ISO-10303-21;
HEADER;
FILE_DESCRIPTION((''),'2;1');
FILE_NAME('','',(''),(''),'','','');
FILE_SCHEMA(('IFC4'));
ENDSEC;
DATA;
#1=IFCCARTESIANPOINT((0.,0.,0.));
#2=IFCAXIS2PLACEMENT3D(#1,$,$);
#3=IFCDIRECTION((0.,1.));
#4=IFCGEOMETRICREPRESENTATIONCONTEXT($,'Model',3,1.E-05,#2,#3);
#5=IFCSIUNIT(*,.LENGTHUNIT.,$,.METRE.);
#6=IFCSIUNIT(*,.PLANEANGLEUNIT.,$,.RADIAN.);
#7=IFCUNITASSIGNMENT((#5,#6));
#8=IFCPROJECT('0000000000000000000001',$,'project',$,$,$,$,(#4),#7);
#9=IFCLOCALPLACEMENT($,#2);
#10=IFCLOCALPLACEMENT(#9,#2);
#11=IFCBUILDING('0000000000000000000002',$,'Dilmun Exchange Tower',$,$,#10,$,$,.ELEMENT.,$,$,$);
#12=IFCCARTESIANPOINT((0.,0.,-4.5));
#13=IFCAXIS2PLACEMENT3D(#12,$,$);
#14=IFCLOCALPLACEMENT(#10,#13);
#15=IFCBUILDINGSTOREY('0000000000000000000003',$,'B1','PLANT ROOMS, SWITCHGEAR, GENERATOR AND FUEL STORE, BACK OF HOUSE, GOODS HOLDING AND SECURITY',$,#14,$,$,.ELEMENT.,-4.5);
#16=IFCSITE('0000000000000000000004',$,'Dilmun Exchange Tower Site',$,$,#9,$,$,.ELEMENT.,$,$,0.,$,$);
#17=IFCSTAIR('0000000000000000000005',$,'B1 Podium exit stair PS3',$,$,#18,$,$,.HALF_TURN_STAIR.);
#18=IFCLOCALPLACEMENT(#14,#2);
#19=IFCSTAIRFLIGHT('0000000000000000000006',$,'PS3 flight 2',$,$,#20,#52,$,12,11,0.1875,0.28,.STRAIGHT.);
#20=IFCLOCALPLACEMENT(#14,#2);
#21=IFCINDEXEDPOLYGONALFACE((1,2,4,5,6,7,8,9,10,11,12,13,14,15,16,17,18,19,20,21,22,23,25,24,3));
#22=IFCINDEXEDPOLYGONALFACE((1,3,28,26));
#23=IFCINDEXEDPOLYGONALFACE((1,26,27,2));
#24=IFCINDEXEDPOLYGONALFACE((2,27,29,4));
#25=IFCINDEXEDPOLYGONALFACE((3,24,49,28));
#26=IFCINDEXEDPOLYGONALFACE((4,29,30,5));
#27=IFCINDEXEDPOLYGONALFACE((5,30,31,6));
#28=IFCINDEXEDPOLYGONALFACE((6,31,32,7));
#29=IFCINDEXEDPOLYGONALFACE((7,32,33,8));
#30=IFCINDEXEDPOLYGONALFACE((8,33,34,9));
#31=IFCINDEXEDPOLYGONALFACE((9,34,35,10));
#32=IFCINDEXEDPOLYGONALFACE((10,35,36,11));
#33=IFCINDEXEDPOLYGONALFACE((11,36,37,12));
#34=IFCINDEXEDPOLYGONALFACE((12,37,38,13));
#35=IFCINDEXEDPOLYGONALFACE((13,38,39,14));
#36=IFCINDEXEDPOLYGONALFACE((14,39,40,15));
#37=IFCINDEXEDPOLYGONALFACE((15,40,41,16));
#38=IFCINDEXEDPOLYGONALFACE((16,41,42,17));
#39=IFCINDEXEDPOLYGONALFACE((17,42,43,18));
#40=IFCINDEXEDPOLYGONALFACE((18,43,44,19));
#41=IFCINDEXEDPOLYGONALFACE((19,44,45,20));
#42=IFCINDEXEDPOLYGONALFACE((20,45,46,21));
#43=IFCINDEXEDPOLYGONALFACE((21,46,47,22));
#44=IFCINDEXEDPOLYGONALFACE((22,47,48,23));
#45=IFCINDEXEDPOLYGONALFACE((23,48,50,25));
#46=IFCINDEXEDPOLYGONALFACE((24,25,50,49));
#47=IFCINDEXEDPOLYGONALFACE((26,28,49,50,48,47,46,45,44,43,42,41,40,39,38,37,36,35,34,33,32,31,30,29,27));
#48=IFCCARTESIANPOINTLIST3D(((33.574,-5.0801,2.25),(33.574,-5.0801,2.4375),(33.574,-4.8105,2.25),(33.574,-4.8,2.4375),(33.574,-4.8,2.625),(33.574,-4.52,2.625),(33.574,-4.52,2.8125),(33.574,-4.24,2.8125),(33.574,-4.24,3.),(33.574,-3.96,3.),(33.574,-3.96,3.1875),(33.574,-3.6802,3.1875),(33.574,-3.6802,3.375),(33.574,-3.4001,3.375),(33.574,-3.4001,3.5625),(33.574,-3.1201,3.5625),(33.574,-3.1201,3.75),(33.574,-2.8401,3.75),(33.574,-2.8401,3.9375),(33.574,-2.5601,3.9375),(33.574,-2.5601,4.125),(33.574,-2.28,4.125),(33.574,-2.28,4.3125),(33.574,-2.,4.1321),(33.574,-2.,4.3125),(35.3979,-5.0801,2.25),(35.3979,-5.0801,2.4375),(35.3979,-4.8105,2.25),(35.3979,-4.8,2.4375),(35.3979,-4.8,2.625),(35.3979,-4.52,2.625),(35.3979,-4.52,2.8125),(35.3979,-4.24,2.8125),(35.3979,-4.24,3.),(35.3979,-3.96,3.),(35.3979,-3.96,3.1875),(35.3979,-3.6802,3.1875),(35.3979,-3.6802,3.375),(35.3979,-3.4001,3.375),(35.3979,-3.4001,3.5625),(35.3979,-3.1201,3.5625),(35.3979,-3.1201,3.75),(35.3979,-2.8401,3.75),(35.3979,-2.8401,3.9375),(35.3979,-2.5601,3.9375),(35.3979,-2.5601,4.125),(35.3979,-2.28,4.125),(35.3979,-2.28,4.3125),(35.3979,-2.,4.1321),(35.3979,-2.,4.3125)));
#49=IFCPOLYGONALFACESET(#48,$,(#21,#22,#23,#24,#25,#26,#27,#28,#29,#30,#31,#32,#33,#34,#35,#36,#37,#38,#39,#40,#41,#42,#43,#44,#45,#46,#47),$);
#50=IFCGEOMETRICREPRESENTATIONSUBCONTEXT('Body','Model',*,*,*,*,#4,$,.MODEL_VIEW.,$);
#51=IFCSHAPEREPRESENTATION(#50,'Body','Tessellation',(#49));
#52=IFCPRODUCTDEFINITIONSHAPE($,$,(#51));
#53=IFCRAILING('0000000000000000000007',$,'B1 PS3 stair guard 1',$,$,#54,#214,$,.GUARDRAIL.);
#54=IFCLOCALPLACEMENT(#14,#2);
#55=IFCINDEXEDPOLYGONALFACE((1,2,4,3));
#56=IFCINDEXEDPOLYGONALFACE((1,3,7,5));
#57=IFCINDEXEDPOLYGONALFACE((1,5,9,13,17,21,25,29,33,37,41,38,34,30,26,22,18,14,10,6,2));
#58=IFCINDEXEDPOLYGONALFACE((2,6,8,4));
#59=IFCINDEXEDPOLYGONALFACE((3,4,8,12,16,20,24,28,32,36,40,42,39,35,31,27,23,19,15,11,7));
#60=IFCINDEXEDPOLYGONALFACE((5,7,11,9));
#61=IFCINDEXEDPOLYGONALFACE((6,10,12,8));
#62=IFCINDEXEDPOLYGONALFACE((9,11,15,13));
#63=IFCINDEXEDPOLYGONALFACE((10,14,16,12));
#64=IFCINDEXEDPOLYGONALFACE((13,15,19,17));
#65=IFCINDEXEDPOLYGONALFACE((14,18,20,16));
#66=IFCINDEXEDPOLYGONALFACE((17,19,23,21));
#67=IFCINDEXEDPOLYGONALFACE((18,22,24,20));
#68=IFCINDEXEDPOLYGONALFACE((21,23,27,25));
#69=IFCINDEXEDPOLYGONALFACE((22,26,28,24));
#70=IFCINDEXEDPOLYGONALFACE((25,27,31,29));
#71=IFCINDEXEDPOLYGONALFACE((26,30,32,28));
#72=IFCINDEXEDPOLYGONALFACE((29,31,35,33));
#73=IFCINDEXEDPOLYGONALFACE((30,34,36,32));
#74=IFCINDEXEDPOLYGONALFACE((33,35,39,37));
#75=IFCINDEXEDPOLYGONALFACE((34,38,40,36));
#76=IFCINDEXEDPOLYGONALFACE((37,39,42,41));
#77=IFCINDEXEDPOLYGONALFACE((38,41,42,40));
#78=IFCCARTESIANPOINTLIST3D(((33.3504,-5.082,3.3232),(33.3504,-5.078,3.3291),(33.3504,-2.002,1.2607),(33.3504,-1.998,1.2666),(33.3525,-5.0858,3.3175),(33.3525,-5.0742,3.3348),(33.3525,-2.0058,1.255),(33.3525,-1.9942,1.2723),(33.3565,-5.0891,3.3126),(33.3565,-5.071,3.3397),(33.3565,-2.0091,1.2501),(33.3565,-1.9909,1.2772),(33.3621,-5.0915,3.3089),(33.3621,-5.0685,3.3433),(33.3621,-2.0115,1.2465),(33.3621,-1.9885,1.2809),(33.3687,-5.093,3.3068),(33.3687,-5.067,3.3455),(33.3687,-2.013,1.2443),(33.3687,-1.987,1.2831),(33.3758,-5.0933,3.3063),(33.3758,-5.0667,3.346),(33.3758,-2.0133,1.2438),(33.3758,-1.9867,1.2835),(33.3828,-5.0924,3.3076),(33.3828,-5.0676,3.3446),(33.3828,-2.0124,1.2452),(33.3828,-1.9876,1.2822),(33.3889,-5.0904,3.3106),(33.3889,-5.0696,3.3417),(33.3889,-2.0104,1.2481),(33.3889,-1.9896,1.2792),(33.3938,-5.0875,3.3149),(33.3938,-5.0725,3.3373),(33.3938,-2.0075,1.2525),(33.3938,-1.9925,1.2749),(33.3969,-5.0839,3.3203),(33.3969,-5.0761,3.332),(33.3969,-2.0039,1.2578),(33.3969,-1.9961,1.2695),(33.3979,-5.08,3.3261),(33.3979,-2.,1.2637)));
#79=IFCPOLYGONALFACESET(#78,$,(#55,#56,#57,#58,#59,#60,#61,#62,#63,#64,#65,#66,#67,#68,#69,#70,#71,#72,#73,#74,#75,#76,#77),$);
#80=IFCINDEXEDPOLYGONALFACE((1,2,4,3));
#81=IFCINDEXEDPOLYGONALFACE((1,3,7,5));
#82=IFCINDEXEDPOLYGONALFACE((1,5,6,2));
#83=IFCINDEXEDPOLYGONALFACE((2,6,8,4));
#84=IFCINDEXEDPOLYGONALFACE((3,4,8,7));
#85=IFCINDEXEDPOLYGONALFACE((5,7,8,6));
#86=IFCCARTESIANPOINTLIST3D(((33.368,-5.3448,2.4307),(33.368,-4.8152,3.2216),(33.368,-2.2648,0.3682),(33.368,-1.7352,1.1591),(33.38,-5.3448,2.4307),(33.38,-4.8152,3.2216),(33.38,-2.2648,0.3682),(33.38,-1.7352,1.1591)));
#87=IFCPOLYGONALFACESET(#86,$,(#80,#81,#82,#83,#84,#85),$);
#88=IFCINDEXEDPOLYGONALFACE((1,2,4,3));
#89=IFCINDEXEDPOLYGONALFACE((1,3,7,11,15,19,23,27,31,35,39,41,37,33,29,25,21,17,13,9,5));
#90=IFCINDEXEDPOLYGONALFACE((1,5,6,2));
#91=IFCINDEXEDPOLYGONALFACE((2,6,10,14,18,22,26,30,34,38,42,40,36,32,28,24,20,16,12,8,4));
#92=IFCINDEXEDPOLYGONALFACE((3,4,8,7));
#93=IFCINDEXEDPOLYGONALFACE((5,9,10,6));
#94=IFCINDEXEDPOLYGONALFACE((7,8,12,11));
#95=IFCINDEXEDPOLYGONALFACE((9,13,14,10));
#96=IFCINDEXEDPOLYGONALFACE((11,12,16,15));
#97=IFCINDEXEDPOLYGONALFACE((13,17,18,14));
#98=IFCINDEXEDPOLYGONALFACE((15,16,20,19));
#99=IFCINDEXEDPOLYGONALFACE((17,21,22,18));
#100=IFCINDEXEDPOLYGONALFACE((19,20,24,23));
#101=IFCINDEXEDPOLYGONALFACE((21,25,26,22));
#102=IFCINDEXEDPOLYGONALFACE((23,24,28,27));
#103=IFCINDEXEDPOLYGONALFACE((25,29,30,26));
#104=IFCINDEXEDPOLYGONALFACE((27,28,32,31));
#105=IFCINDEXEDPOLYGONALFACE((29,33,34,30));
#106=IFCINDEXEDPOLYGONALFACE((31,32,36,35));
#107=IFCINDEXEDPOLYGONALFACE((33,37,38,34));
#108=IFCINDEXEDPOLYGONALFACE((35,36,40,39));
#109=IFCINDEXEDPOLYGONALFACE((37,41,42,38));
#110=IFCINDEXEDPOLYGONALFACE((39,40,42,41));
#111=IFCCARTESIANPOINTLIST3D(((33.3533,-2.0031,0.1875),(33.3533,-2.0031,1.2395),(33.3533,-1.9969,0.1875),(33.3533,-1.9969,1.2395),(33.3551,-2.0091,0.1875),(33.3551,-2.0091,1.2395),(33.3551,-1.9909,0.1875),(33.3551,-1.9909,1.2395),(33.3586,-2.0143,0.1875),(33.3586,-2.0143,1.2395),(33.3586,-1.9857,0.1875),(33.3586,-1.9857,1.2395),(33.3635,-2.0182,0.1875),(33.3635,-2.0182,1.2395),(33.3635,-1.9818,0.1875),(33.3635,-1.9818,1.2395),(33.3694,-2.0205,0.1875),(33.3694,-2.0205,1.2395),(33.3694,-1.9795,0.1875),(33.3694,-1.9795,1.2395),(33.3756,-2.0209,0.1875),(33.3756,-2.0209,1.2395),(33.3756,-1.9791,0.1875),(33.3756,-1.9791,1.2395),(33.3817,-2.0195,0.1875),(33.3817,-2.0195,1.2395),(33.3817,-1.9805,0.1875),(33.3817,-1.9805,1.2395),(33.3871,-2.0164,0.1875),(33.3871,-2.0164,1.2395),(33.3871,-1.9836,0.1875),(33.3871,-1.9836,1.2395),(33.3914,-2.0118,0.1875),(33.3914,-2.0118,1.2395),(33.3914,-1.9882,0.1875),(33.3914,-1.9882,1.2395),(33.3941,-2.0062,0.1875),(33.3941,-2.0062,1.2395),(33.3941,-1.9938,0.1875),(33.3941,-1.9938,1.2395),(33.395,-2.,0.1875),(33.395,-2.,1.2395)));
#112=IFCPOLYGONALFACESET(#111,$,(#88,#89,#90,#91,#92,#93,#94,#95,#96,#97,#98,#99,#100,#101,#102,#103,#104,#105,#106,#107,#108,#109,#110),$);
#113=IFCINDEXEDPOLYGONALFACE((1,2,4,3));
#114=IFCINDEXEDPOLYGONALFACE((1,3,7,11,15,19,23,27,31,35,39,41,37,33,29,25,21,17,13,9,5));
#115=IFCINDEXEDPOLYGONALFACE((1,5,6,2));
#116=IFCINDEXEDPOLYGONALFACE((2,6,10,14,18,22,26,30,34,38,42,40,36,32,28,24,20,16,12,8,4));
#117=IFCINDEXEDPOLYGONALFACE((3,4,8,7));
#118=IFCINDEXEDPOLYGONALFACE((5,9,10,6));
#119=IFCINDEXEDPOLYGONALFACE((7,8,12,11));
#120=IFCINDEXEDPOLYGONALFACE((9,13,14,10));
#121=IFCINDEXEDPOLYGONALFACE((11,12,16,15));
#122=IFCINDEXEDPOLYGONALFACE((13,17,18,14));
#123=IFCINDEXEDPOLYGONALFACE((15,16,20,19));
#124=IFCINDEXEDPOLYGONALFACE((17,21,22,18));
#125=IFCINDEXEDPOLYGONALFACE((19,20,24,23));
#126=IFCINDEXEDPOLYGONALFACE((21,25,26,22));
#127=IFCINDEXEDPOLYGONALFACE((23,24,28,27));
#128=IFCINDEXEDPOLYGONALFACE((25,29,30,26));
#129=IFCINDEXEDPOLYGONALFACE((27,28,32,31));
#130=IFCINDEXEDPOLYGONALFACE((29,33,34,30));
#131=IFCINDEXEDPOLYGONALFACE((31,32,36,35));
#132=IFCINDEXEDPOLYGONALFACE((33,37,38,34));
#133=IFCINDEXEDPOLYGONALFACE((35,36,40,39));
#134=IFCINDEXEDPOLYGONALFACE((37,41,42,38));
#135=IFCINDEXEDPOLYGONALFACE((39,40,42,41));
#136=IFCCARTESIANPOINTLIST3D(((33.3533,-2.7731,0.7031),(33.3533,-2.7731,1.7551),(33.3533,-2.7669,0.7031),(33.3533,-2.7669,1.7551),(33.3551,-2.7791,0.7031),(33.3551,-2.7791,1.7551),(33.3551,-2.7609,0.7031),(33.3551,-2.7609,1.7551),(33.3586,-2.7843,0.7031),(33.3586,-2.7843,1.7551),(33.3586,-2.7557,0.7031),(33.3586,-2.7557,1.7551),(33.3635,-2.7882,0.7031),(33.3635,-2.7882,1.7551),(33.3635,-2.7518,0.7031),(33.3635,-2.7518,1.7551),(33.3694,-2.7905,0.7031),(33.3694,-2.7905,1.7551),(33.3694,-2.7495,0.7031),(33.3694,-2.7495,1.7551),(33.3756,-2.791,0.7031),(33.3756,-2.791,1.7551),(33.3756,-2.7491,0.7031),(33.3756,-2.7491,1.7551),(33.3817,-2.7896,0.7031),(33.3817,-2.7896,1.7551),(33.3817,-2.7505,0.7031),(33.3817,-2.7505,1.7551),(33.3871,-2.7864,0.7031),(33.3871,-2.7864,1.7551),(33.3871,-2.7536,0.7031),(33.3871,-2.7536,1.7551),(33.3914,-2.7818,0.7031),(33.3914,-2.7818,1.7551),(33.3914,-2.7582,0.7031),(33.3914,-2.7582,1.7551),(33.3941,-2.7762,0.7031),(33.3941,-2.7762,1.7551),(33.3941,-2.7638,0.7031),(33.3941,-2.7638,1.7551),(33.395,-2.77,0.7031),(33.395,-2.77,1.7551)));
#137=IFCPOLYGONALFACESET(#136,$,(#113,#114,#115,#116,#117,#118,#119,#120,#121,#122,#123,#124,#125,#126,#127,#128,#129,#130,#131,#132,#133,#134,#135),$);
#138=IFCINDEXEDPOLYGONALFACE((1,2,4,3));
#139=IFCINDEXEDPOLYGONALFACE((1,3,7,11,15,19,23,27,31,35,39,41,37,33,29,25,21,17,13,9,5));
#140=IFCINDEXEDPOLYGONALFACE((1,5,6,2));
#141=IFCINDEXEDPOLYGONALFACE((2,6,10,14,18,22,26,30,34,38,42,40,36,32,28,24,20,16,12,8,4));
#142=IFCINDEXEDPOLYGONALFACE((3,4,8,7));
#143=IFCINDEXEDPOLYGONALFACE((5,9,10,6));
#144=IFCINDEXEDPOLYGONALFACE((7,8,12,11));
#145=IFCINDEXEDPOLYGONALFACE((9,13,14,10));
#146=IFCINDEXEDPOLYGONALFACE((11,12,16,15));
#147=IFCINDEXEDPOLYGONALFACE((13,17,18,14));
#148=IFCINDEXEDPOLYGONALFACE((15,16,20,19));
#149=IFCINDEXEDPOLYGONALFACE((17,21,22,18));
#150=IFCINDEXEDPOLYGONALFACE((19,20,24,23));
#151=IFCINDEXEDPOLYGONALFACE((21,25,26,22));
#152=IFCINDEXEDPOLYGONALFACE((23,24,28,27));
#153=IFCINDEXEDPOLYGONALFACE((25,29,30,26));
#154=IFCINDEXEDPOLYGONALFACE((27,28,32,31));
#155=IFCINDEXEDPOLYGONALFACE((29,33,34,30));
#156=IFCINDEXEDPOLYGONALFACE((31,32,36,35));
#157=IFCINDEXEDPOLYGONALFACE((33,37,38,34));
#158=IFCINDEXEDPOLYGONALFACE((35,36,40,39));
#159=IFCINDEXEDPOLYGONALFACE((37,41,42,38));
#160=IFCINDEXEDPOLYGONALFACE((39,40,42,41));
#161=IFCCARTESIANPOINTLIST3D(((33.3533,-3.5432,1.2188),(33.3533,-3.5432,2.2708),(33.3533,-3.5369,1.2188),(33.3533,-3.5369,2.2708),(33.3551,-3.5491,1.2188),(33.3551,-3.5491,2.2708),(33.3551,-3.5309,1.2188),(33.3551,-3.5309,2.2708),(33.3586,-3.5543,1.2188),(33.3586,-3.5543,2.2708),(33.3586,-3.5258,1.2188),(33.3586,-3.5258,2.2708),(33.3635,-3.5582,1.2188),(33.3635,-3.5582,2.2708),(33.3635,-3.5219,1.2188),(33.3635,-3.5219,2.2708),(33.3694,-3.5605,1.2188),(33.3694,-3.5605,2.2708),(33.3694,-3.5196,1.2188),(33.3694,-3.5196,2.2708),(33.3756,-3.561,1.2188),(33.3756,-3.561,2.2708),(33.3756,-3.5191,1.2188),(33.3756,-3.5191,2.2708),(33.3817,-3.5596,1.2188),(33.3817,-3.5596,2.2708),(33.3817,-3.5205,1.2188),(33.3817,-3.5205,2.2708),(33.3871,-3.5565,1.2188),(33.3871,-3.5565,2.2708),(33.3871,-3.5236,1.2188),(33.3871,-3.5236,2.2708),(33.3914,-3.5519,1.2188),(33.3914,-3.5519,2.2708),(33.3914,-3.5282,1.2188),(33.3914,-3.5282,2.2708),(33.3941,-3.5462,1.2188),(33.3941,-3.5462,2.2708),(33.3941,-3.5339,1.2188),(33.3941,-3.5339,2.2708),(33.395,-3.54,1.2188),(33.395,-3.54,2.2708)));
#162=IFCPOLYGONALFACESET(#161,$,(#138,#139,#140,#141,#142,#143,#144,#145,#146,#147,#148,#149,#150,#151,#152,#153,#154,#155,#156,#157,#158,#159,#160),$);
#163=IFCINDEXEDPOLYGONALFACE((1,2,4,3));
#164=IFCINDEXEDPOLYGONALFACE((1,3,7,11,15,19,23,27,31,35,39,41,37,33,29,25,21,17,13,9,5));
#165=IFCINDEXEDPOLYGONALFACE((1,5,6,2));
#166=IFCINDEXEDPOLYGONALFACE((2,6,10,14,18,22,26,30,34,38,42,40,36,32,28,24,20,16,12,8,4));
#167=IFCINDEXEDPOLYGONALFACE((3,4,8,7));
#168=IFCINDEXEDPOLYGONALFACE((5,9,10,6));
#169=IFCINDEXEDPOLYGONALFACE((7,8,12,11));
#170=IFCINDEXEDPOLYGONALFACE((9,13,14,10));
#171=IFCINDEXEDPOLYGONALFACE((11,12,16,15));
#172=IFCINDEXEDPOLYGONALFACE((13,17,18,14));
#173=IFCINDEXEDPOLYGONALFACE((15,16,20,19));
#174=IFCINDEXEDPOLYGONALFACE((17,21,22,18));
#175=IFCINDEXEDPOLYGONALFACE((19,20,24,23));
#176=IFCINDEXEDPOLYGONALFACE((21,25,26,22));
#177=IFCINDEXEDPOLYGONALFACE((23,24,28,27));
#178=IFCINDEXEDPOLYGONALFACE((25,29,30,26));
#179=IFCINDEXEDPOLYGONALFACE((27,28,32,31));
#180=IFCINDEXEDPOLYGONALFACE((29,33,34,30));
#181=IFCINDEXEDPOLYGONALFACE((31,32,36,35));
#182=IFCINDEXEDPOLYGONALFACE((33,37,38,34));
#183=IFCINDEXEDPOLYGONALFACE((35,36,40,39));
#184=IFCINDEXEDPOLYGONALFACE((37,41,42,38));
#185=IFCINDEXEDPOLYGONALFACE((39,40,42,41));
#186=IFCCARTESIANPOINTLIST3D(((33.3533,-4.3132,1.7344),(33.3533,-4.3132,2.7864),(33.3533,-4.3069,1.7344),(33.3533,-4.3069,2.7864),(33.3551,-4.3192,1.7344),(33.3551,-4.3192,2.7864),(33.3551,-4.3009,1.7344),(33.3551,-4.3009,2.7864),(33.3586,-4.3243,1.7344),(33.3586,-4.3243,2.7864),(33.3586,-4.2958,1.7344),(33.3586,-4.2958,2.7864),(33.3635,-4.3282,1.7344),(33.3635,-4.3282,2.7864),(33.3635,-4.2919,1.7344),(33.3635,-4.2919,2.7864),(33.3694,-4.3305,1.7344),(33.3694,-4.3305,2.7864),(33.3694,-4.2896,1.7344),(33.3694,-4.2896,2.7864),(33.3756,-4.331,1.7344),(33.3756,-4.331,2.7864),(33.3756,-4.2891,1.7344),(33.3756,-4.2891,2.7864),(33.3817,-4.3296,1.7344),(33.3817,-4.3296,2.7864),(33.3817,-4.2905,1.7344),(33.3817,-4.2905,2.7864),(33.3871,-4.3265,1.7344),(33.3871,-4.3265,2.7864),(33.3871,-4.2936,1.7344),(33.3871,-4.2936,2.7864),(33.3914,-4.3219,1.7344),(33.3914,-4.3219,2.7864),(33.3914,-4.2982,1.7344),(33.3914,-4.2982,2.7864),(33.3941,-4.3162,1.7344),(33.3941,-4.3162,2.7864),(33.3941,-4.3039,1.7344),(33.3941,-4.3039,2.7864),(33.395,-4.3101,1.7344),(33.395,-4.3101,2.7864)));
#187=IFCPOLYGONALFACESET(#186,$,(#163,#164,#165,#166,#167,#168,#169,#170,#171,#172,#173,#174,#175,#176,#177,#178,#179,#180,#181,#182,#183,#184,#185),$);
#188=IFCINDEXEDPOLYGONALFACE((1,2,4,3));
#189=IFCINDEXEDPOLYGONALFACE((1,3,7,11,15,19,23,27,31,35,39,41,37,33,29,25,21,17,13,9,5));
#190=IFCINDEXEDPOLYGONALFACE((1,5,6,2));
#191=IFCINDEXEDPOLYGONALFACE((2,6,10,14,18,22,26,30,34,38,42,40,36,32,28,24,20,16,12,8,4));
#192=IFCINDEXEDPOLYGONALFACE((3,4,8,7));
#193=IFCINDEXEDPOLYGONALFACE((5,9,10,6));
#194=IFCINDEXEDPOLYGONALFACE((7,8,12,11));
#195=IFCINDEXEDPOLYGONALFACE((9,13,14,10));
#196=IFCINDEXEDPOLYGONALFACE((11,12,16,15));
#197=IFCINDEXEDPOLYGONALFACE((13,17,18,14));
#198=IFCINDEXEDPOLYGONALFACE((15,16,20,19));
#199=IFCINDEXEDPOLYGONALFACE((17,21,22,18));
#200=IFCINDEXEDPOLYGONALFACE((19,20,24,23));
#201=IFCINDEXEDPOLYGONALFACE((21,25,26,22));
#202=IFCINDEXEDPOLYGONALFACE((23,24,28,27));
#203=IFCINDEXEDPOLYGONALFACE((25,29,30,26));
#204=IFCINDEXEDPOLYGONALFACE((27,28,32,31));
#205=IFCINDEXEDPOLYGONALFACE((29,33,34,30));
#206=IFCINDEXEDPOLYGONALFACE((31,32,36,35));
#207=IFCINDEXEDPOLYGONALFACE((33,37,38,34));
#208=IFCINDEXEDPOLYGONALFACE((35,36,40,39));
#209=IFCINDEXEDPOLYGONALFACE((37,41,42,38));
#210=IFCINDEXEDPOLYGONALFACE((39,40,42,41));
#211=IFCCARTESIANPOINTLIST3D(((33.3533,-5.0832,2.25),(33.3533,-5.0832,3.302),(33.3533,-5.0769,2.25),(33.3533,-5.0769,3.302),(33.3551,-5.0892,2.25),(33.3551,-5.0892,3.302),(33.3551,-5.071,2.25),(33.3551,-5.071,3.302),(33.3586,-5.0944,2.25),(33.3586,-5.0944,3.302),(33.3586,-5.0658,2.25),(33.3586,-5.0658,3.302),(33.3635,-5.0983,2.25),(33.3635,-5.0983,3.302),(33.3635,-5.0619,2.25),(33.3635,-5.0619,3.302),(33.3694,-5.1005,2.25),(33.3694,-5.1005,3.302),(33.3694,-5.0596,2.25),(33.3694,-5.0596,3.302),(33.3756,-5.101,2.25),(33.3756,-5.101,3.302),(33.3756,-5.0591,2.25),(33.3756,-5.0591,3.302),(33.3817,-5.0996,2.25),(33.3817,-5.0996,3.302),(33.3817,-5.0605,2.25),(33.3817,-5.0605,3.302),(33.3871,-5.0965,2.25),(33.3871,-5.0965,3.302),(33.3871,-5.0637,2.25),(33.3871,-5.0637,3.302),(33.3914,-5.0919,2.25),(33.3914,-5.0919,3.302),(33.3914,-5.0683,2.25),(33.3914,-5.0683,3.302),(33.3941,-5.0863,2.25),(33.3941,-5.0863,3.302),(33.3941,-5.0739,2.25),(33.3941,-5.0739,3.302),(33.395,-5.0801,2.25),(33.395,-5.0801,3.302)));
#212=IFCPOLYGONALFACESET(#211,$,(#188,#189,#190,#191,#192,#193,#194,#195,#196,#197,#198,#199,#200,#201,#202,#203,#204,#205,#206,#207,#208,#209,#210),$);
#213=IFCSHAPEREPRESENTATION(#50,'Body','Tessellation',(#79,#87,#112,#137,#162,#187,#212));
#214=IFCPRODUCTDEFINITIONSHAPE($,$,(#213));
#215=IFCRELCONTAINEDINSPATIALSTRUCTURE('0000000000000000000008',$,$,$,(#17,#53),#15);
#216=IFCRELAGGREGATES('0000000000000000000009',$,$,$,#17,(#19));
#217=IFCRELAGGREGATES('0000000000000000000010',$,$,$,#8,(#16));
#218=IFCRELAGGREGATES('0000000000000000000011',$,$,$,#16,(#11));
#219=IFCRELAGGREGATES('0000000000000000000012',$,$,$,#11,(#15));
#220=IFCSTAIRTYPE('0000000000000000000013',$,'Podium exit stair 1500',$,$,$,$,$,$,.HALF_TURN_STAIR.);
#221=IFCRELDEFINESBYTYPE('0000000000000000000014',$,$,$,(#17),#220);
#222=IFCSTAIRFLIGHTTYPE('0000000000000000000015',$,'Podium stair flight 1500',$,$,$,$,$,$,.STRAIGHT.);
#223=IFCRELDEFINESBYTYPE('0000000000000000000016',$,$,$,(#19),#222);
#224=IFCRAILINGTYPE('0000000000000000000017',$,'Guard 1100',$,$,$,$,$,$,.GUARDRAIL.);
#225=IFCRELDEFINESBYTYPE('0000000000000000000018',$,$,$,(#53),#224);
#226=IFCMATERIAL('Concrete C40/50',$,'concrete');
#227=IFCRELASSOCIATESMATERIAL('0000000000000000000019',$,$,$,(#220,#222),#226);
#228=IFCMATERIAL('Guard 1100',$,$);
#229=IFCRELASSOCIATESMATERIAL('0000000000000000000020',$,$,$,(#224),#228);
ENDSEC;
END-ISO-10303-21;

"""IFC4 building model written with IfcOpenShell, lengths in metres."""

from ifc_helpers import new_model, si_unit, direction, frame, origin, origin_2d, place, context, subcontext, project, spatial, polyline, rectangle, circle, outline, extrude, material, type_object, element, aggregate, save


model = new_model("IFC4")

# Units and contexts
model_context = context("Model", 3, precision=1e-05, world=origin(), true_north=direction((0.0, 1.0)))
body_context = subcontext(model_context, "Body", "Model", "MODEL_VIEW")
ifc_project = project(units=[si_unit("LENGTHUNIT", "METRE"), si_unit("PLANEANGLEUNIT", "RADIAN")], contexts=[model_context])

# Site, building, storey
site_placement = place(None, origin())
site = spatial("IfcSite", under=ifc_project, at=site_placement, Name="Dilmun Exchange Tower Site", CompositionType="ELEMENT", RefElevation=0.0)
building_placement = place(site_placement, origin())
building = spatial("IfcBuilding", under=site, at=building_placement, Name="Dilmun Exchange Tower", CompositionType="ELEMENT")
storey_placement = place(building_placement, frame((0.0, 0.0, -4.5)))
storey = spatial("IfcBuildingStorey", under=building, at=storey_placement, Name="B1", Description="PLANT ROOMS, SWITCHGEAR, GENERATOR AND FUEL STORE, BACK OF HOUSE, GOODS HOLDING AND SECURITY", CompositionType="ELEMENT", Elevation=-4.5)

# Stair, stair flight
ifc_material_1 = material(Name="Concrete C40/50", Category="concrete")
stair_type = type_object("IfcStairType", Name="Podium exit stair 1500", PredefinedType="HALF_TURN_STAIR", material=ifc_material_1)
stair_placement = place(storey_placement, origin())
stair = element("IfcStair", 1, at=stair_placement, inside=storey, type_object=stair_type, Name="B1 Podium exit stair PS3", PredefinedType="HALF_TURN_STAIR")
stair_flight_type = type_object("IfcStairFlightType", Name="Podium stair flight 1500", PredefinedType="STRAIGHT", material=ifc_material_1)
stair_flight_1_placement = place(storey_placement, frame((34.4861, -5.0801, 2.25), z_axis=(0.0, 0.0, 1.0), x_axis=(0.0, 1.0, 0.0)))
stair_flight_1 = element("IfcStairFlight", 2, at=stair_flight_1_placement, type_object=stair_flight_type, Name="PS3 flight 2", NumberOfRisers=12, NumberOfTreads=11, PredefinedType="STRAIGHT", RiserHeight=0.1875, TreadLength=0.28, context=body_context, shape_type="SweptSolid", body=[
    extrude(outline(polyline([(0.0, 0.0), (0.0, 0.1875), (0.28, 0.1875), (0.28, 0.375), (0.5601, 0.375), (0.5601, 0.5625), (0.8401, 0.5625), (0.8401, 0.75), (1.1201, 0.75), (1.1201, 0.9375), (1.3999, 0.9375), (1.3999, 1.125), (1.6799, 1.125), (1.6799, 1.3125), (1.96, 1.3125), (1.96, 1.5), (2.24, 1.5), (2.24, 1.6875), (2.52, 1.6875), (2.52, 1.875), (2.8, 1.875), (2.8, 2.0625), (3.0801, 2.0625), (3.0801, 2.25), (3.0801, 1.8821), (0.2695, 0.0), (0.0, 0.0)])), frame((0.0, 0.9121, 0.0), z_axis=(0.0, -1.0, 0.0), x_axis=(1.0, 0.0, 0.0)), (0.0, 0.0, 1.0), 1.824),
])
aggregate(stair, [stair_flight_1])

# Railing
ifc_material_2 = material(Name="Guard 1100")
railing_type_1 = type_object("IfcRailingType", Name="Guard 1100", PredefinedType="GUARDRAIL", material=ifc_material_2)
railing_1_placement = place(storey_placement, frame((33.374, -2.0, 0.1875)))
element("IfcRailing", 3, at=railing_1_placement, inside=storey, type_object=railing_type_1, Name="B1 PS3 stair guard 1", PredefinedType="GUARDRAIL", context=body_context, shape_type="SweptSolid", body=[
    extrude(circle(Radius=0.0239, at=origin_2d()), frame((0.0, 0.0, 1.0762), z_axis=(0.0, -0.830914, 0.556401), x_axis=(1.0, 0.0, 0.0)), (0.0, 0.0, 1.0), 3.7068),
    extrude(rectangle(XDim=0.012, YDim=0.9519, at=origin_2d()), frame((0.0, 0.0, 0.5762), z_axis=(0.0, -0.830914, 0.556401), x_axis=(1.0, 0.0, 0.0)), (0.0, 0.0, 1.0), 3.7068),
    extrude(circle(Radius=0.021, at=origin_2d()), origin(), (0.0, 0.0, 1.0), 1.052),
    extrude(circle(Radius=0.021, at=origin_2d()), frame((0.0, -0.77, 0.5156)), (0.0, 0.0, 1.0), 1.052),
    extrude(circle(Radius=0.021, at=origin_2d()), frame((0.0, -1.54, 1.0312)), (0.0, 0.0, 1.0), 1.052),
    extrude(circle(Radius=0.021, at=origin_2d()), frame((0.0, -2.3101, 1.5469)), (0.0, 0.0, 1.0), 1.052),
    extrude(circle(Radius=0.021, at=origin_2d()), frame((0.0, -3.0801, 2.0625)), (0.0, 0.0, 1.0), 1.052),
])

save(model, "model.ifc")
